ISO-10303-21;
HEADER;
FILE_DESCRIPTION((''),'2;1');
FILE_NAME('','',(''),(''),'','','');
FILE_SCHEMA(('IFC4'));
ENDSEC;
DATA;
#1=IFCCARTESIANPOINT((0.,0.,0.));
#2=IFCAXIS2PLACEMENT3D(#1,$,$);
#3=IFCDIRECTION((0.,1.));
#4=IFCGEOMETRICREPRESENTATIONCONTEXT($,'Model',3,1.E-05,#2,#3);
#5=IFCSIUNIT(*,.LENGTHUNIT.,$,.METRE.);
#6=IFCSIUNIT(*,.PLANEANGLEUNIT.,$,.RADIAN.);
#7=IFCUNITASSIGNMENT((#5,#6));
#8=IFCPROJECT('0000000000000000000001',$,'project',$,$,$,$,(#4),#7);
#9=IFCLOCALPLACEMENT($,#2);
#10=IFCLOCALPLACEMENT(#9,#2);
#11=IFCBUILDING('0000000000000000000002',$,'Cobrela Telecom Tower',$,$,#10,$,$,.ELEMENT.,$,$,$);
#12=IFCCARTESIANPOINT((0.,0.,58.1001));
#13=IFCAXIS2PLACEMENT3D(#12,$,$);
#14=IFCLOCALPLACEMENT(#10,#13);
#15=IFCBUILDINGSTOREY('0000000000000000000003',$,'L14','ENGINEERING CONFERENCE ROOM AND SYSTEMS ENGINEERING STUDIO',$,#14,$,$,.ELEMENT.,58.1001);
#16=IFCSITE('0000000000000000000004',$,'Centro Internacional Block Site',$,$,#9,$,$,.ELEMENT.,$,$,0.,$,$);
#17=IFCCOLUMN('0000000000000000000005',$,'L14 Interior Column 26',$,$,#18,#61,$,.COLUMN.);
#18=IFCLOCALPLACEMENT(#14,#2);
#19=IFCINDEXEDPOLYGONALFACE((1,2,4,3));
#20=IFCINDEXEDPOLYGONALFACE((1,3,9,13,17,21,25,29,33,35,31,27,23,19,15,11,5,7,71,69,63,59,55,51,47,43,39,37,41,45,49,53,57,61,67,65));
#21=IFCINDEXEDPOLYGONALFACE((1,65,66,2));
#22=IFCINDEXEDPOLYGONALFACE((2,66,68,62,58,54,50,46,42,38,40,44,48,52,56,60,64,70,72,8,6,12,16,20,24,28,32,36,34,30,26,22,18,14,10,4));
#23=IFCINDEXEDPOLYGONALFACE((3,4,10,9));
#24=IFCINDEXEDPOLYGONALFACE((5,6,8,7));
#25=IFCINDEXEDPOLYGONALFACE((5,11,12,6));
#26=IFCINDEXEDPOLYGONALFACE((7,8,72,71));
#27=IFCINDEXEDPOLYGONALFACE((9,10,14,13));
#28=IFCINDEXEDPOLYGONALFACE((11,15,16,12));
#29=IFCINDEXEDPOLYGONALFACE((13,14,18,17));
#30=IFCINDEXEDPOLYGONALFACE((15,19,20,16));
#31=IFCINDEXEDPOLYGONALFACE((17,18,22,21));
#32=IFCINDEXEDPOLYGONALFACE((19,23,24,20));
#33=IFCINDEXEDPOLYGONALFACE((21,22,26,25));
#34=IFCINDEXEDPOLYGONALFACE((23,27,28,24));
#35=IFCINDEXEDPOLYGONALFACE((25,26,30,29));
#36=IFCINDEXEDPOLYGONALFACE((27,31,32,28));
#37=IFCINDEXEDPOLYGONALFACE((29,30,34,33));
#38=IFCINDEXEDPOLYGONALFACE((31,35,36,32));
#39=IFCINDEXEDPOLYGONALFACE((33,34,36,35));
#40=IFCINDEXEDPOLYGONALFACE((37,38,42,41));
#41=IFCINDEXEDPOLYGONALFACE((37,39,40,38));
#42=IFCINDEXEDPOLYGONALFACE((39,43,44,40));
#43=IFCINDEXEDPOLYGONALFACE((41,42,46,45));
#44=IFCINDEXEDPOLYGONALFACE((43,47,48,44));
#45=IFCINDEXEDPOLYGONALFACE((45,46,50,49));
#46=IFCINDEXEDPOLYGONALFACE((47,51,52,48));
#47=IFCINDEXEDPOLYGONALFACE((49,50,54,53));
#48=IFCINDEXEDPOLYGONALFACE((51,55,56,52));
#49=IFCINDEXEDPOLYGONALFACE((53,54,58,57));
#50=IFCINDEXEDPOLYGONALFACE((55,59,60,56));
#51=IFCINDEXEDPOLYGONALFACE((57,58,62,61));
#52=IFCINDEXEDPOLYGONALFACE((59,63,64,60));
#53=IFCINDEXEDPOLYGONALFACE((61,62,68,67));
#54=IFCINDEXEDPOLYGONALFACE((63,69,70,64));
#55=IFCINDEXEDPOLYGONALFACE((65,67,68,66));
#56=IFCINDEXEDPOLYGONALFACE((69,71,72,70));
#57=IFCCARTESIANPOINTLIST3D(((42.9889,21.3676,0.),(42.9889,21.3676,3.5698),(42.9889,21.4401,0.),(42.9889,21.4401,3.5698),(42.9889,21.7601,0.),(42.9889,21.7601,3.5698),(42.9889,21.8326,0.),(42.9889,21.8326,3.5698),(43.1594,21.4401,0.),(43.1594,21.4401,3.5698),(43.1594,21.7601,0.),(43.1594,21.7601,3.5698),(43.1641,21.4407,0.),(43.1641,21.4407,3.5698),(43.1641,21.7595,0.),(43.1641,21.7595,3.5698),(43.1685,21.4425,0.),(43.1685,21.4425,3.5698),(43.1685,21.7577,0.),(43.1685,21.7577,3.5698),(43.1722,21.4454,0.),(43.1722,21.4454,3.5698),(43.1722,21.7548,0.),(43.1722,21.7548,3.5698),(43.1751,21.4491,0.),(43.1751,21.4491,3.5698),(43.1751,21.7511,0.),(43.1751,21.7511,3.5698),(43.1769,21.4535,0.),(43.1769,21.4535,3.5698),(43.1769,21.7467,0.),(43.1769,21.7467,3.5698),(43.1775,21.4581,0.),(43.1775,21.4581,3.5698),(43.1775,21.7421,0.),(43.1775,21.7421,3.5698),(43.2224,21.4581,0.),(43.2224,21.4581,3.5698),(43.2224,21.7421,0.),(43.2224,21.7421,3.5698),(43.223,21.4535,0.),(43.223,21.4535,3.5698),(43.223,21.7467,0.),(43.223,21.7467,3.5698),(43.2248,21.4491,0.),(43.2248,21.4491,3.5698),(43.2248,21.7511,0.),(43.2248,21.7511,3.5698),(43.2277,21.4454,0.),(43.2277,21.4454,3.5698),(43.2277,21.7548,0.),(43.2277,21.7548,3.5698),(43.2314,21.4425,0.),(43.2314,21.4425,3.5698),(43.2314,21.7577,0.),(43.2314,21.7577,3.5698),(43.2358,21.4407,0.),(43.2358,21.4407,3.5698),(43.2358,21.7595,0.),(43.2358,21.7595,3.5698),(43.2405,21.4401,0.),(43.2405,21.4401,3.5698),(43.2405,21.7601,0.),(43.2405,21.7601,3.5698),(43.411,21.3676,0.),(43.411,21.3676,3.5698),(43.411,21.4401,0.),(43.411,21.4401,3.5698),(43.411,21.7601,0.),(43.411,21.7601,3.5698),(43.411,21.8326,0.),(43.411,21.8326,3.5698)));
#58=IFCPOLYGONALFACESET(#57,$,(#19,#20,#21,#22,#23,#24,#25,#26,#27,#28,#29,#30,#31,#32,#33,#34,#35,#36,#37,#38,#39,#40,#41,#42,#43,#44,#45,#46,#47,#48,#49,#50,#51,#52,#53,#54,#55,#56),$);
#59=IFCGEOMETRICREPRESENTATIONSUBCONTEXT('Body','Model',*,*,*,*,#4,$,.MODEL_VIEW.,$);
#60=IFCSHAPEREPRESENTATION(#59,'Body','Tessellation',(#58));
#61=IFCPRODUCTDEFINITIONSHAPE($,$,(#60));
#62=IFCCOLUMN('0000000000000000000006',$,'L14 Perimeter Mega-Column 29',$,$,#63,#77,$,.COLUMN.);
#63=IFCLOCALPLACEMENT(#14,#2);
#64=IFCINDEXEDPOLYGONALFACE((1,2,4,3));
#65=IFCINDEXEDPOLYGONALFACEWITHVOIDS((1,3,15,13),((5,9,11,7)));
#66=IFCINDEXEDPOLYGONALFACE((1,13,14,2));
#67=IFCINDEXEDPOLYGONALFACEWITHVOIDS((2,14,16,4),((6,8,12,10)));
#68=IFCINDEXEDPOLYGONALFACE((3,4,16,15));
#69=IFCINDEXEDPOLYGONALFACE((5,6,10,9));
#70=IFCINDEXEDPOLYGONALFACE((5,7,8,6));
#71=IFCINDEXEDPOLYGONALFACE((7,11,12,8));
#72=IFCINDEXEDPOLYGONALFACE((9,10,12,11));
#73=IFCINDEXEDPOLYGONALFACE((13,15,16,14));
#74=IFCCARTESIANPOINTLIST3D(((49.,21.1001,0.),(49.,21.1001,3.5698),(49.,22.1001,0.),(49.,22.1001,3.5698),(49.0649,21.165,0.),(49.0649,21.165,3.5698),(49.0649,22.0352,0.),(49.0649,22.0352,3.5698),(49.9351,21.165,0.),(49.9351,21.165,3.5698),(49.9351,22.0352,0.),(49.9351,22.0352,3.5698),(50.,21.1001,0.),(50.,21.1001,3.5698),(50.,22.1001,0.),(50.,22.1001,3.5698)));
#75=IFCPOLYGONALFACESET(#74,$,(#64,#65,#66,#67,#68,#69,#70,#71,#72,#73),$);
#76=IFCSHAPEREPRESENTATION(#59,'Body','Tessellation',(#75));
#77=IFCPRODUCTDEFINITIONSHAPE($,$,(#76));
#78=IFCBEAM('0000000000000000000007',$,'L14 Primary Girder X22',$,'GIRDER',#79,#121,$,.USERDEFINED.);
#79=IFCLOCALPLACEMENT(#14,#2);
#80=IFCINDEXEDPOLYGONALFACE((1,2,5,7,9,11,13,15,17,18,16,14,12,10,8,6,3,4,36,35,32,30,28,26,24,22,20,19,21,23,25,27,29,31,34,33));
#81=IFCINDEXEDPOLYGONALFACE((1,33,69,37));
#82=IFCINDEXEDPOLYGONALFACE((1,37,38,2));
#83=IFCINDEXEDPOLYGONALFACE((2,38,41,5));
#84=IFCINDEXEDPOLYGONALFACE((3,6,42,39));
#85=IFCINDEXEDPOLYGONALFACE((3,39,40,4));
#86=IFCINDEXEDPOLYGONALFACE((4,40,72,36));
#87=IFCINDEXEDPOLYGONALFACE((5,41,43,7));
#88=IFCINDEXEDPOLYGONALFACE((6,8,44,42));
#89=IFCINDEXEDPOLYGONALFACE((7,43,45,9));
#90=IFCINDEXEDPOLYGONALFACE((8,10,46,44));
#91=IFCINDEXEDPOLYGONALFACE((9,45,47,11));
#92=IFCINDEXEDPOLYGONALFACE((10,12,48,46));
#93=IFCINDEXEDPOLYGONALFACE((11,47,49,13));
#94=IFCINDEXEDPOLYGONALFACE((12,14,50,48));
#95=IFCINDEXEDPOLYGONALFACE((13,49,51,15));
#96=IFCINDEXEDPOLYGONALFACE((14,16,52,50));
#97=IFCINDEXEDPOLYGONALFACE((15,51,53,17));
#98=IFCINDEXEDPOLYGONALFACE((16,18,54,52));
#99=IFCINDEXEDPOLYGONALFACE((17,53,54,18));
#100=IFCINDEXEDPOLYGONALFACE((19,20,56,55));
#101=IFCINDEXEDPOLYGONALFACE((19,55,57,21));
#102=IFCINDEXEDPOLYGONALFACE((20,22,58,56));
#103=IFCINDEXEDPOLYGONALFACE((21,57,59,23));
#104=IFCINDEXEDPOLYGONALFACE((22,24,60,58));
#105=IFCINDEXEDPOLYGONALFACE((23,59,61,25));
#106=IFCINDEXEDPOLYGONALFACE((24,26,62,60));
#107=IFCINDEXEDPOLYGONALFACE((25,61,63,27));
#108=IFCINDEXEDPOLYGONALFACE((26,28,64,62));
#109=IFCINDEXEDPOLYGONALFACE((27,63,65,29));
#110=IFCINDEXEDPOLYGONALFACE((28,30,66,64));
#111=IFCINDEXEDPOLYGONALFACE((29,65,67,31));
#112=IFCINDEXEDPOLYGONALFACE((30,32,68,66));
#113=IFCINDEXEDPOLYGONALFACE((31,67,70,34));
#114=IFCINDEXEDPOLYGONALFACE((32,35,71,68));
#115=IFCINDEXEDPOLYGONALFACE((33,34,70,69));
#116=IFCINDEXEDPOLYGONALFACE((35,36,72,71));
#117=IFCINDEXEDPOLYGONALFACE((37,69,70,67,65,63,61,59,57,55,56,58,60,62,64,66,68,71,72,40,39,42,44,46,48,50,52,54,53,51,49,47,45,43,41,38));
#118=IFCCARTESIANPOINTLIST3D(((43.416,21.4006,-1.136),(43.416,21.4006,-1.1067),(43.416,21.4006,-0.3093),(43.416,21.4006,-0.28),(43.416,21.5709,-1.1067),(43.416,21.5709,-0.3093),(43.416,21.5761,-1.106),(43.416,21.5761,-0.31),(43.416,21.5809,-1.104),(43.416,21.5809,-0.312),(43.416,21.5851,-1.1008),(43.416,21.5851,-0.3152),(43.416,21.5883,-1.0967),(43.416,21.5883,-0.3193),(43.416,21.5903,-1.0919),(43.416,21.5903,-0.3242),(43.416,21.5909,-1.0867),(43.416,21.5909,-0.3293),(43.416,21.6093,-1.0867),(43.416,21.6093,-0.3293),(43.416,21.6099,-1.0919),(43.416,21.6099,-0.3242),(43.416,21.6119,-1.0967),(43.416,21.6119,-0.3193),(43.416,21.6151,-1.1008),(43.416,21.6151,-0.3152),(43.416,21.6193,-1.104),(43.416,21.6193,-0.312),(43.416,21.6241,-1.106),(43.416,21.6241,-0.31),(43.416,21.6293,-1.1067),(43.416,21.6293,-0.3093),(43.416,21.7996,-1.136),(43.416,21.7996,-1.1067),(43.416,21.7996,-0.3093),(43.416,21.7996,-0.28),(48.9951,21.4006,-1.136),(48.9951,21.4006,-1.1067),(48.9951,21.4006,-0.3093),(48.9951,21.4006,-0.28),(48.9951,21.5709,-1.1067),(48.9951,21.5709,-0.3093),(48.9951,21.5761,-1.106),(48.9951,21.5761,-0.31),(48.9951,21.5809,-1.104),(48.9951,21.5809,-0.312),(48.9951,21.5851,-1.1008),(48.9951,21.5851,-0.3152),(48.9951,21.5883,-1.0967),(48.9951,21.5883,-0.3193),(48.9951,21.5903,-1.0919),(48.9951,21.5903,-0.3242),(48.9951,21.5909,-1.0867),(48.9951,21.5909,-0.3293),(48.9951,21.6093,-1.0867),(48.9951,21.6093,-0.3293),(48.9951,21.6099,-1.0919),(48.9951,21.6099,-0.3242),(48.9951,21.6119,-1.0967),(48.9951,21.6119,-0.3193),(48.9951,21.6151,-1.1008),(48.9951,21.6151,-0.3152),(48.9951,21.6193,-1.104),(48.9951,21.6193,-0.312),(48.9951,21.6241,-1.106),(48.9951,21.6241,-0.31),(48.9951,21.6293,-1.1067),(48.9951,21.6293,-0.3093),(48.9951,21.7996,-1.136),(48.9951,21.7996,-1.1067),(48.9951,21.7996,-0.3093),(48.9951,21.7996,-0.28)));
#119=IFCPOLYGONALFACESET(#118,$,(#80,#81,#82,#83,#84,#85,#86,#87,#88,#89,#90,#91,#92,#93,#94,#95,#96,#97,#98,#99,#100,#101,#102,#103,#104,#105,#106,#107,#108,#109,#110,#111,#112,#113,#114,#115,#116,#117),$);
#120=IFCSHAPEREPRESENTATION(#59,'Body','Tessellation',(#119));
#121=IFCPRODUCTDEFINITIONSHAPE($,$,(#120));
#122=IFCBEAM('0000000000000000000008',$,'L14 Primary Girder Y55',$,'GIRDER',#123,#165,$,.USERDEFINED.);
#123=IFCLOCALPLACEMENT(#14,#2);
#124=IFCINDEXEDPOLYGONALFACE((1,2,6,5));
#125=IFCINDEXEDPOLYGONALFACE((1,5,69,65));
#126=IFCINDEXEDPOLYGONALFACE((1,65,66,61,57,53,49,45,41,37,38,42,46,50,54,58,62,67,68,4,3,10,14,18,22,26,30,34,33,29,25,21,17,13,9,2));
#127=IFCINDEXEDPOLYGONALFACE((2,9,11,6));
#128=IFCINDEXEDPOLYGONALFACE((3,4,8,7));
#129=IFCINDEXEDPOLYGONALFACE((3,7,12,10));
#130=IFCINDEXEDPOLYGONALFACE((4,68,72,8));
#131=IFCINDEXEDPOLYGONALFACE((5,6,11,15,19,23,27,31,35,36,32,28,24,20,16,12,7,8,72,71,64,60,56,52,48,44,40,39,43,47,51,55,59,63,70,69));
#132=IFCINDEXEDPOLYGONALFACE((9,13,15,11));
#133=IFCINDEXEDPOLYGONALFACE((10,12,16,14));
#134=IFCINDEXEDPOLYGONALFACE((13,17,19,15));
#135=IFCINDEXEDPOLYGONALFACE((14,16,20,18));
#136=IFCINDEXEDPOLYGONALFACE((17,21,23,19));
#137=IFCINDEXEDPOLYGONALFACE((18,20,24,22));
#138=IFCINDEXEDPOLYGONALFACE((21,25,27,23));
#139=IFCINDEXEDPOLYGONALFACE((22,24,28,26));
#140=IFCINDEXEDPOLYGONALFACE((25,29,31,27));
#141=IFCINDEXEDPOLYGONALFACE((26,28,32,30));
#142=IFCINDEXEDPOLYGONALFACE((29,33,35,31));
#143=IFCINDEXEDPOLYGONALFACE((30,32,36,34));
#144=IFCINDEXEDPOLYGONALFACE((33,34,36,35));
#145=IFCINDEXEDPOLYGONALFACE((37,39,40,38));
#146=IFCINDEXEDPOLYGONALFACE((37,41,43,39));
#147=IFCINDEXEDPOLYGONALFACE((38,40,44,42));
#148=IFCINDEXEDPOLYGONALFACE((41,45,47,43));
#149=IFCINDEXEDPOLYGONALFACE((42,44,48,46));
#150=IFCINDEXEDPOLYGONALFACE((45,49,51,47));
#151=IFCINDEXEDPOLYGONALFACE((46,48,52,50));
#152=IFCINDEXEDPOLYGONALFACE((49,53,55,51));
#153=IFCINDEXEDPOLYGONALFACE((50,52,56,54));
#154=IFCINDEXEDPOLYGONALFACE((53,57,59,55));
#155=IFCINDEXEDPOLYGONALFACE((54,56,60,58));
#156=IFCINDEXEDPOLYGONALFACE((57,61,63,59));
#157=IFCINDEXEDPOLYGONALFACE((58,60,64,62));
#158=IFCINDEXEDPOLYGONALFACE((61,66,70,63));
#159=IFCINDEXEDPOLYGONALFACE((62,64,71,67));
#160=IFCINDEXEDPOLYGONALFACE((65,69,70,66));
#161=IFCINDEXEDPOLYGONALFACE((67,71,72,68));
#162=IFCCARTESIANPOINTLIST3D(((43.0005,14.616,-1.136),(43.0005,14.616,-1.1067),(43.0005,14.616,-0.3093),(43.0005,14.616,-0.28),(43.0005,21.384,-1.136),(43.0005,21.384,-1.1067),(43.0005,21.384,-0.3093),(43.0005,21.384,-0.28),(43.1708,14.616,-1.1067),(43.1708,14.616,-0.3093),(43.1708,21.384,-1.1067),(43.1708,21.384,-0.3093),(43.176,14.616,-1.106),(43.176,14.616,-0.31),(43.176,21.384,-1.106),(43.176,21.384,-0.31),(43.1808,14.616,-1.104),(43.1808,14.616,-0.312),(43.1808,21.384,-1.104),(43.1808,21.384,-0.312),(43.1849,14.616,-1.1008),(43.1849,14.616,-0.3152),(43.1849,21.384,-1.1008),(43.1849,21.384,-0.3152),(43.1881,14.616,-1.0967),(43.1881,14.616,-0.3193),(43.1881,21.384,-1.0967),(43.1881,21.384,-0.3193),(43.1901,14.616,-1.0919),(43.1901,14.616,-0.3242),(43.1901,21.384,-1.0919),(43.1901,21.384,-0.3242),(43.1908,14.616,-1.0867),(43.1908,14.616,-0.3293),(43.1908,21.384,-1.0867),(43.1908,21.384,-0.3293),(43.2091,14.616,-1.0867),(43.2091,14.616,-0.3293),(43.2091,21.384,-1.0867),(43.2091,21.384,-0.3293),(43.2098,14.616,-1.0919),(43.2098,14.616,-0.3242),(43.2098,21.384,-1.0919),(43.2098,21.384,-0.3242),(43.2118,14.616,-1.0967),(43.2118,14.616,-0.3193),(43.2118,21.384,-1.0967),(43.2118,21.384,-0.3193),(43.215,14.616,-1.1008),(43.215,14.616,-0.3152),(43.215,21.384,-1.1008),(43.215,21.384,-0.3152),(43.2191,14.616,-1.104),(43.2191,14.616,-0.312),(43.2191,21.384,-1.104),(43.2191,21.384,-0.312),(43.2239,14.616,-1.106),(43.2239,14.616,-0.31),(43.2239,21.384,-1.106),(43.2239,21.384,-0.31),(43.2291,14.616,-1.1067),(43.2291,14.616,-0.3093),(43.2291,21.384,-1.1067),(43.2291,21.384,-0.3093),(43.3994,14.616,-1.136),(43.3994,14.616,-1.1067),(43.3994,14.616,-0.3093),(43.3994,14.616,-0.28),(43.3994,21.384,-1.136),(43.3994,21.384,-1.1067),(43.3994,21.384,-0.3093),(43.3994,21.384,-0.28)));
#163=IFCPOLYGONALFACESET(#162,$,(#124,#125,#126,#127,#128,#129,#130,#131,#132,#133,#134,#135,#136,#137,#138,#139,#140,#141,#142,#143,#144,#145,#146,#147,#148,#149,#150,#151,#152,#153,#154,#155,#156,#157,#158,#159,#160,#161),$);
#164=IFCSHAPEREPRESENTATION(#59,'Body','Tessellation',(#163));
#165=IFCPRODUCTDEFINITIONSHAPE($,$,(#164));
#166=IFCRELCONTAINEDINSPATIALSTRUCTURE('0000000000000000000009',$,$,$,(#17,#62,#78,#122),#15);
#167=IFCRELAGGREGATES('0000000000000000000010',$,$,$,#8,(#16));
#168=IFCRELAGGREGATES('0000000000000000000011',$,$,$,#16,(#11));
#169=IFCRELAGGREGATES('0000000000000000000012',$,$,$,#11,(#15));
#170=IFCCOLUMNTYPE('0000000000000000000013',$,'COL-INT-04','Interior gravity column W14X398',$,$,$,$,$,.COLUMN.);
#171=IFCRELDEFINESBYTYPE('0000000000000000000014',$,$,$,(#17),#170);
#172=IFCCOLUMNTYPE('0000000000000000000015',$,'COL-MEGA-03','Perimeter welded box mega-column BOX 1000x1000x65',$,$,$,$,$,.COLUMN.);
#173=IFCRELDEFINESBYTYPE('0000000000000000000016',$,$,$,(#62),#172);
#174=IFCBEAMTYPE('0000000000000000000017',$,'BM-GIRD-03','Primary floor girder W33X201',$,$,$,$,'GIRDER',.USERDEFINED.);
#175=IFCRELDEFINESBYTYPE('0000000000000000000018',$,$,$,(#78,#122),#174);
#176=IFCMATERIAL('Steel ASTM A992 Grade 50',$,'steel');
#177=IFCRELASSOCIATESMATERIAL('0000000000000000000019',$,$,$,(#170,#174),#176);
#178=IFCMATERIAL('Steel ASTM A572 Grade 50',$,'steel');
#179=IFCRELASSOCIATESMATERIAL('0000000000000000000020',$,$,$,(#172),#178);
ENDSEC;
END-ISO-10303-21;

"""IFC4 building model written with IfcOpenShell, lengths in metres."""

from ifc_helpers import new_model, si_unit, direction, frame, origin, origin_2d, place, context, subcontext, project, spatial, hollow_rectangle, i_section, extrude, material, material_profile, profile_set, type_object, element, save


model = new_model("IFC4")

# Units and contexts
model_context = context("Model", 3, precision=1e-05, world=origin(), true_north=direction((0.0, 1.0)))
body_context = subcontext(model_context, "Body", "Model", "MODEL_VIEW")
ifc_project = project(units=[si_unit("LENGTHUNIT", "METRE"), si_unit("PLANEANGLEUNIT", "RADIAN")], contexts=[model_context])

# Site, building, storey
site_placement = place(None, origin())
site = spatial("IfcSite", under=ifc_project, at=site_placement, Name="Centro Internacional Block Site", CompositionType="ELEMENT", RefElevation=0.0)
building_placement = place(site_placement, origin())
building = spatial("IfcBuilding", under=site, at=building_placement, Name="Cobrela Telecom Tower", CompositionType="ELEMENT")
storey_placement = place(building_placement, frame((0.0, 0.0, 58.1001)))
storey = spatial("IfcBuildingStorey", under=building, at=storey_placement, Name="L14", Description="ENGINEERING CONFERENCE ROOM AND SYSTEMS ENGINEERING STUDIO", CompositionType="ELEMENT", Elevation=58.1001)

# Columns
ifc_material_1 = material(Name="Steel ASTM A992 Grade 50", Category="steel")
ifc_material_profile_1 = material_profile(ifc_material_1, i_section(OverallWidth=0.4221, OverallDepth=0.4651, WebThickness=0.0449, FlangeThickness=0.0725, FilletRadius=0.0181, at=origin_2d()), Name="W14X398")
ifc_profile_set_1 = profile_set([ifc_material_profile_1], Name="Steel ASTM A992 Grade 50")
column_type_1 = type_object("IfcColumnType", Name="COL-INT-04", Description="Interior gravity column W14X398", PredefinedType="COLUMN", material=ifc_profile_set_1)
column_1_placement = place(storey_placement, frame((43.2, 21.6001, 0.0), z_axis=(0.0, 0.0, 1.0), x_axis=(1.0, 0.0, 0.0)))
element("IfcColumn", 1, at=column_1_placement, inside=storey, type_object=column_type_1, Name="L14 Interior Column 26", PredefinedType="COLUMN", context=body_context, shape_type="SweptSolid", body=[
    extrude(i_section(OverallWidth=0.4221, OverallDepth=0.4651, WebThickness=0.0449, FlangeThickness=0.0725, FilletRadius=0.0181, at=origin_2d()), origin(), (0.0, 0.0, 1.0), 3.5698),
])
ifc_material_2 = material(Name="Steel ASTM A572 Grade 50", Category="steel")
ifc_material_profile_2 = material_profile(ifc_material_2, hollow_rectangle(XDim=1.0, YDim=1.0, WallThickness=0.0649, at=origin_2d()), Name="BOX 1000x1000x65")
ifc_profile_set_2 = profile_set([ifc_material_profile_2], Name="Steel ASTM A572 Grade 50")
column_type_2 = type_object("IfcColumnType", Name="COL-MEGA-03", Description="Perimeter welded box mega-column BOX 1000x1000x65", PredefinedType="COLUMN", material=ifc_profile_set_2)
column_2_placement = place(storey_placement, frame((49.5, 21.6001, 0.0), z_axis=(0.0, 0.0, 1.0), x_axis=(1.0, 0.0, 0.0)))
element("IfcColumn", 2, at=column_2_placement, inside=storey, type_object=column_type_2, Name="L14 Perimeter Mega-Column 29", PredefinedType="COLUMN", context=body_context, shape_type="SweptSolid", body=[
    extrude(hollow_rectangle(XDim=1.0, YDim=1.0, WallThickness=0.0649, at=origin_2d()), origin(), (0.0, 0.0, 1.0), 3.5698),
])

# Beams
ifc_material_profile_3 = material_profile(ifc_material_1, i_section(OverallWidth=0.3989, OverallDepth=0.856, WebThickness=0.0183, FlangeThickness=0.0293, FilletRadius=0.02, at=origin_2d()), Name="W33X201")
ifc_profile_set_3 = profile_set([ifc_material_profile_3], Name="Steel ASTM A992 Grade 50")
beam_type_1 = type_object("IfcBeamType", Name="BM-GIRD-03", Description="Primary floor girder W33X201", ElementType="GIRDER", PredefinedType="USERDEFINED", material=ifc_profile_set_3)
beam_1_placement = place(storey_placement, frame((43.416, 21.6001, -0.708), z_axis=(1.0, 0.0, 0.0), x_axis=(0.0, 1.0, 0.0)))
element("IfcBeam", 3, at=beam_1_placement, inside=storey, type_object=beam_type_1, Name="L14 Primary Girder X22", ObjectType="GIRDER", PredefinedType="USERDEFINED", context=body_context, shape_type="SweptSolid", body=[
    extrude(i_section(OverallWidth=0.3989, OverallDepth=0.856, WebThickness=0.0183, FlangeThickness=0.0293, FilletRadius=0.02, at=origin_2d()), origin(), (0.0, 0.0, 1.0), 5.5791),
])
beam_2_placement = place(storey_placement, frame((43.2, 14.616, -0.708), z_axis=(0.0, 1.0, 0.0), x_axis=(-1.0, 0.0, 0.0)))
element("IfcBeam", 4, at=beam_2_placement, inside=storey, type_object=beam_type_1, Name="L14 Primary Girder Y55", ObjectType="GIRDER", PredefinedType="USERDEFINED", context=body_context, shape_type="SweptSolid", body=[
    extrude(i_section(OverallWidth=0.3989, OverallDepth=0.856, WebThickness=0.0183, FlangeThickness=0.0293, FilletRadius=0.02, at=origin_2d()), origin(), (0.0, 0.0, 1.0), 6.7681),
])

save(model, "model.ifc")
